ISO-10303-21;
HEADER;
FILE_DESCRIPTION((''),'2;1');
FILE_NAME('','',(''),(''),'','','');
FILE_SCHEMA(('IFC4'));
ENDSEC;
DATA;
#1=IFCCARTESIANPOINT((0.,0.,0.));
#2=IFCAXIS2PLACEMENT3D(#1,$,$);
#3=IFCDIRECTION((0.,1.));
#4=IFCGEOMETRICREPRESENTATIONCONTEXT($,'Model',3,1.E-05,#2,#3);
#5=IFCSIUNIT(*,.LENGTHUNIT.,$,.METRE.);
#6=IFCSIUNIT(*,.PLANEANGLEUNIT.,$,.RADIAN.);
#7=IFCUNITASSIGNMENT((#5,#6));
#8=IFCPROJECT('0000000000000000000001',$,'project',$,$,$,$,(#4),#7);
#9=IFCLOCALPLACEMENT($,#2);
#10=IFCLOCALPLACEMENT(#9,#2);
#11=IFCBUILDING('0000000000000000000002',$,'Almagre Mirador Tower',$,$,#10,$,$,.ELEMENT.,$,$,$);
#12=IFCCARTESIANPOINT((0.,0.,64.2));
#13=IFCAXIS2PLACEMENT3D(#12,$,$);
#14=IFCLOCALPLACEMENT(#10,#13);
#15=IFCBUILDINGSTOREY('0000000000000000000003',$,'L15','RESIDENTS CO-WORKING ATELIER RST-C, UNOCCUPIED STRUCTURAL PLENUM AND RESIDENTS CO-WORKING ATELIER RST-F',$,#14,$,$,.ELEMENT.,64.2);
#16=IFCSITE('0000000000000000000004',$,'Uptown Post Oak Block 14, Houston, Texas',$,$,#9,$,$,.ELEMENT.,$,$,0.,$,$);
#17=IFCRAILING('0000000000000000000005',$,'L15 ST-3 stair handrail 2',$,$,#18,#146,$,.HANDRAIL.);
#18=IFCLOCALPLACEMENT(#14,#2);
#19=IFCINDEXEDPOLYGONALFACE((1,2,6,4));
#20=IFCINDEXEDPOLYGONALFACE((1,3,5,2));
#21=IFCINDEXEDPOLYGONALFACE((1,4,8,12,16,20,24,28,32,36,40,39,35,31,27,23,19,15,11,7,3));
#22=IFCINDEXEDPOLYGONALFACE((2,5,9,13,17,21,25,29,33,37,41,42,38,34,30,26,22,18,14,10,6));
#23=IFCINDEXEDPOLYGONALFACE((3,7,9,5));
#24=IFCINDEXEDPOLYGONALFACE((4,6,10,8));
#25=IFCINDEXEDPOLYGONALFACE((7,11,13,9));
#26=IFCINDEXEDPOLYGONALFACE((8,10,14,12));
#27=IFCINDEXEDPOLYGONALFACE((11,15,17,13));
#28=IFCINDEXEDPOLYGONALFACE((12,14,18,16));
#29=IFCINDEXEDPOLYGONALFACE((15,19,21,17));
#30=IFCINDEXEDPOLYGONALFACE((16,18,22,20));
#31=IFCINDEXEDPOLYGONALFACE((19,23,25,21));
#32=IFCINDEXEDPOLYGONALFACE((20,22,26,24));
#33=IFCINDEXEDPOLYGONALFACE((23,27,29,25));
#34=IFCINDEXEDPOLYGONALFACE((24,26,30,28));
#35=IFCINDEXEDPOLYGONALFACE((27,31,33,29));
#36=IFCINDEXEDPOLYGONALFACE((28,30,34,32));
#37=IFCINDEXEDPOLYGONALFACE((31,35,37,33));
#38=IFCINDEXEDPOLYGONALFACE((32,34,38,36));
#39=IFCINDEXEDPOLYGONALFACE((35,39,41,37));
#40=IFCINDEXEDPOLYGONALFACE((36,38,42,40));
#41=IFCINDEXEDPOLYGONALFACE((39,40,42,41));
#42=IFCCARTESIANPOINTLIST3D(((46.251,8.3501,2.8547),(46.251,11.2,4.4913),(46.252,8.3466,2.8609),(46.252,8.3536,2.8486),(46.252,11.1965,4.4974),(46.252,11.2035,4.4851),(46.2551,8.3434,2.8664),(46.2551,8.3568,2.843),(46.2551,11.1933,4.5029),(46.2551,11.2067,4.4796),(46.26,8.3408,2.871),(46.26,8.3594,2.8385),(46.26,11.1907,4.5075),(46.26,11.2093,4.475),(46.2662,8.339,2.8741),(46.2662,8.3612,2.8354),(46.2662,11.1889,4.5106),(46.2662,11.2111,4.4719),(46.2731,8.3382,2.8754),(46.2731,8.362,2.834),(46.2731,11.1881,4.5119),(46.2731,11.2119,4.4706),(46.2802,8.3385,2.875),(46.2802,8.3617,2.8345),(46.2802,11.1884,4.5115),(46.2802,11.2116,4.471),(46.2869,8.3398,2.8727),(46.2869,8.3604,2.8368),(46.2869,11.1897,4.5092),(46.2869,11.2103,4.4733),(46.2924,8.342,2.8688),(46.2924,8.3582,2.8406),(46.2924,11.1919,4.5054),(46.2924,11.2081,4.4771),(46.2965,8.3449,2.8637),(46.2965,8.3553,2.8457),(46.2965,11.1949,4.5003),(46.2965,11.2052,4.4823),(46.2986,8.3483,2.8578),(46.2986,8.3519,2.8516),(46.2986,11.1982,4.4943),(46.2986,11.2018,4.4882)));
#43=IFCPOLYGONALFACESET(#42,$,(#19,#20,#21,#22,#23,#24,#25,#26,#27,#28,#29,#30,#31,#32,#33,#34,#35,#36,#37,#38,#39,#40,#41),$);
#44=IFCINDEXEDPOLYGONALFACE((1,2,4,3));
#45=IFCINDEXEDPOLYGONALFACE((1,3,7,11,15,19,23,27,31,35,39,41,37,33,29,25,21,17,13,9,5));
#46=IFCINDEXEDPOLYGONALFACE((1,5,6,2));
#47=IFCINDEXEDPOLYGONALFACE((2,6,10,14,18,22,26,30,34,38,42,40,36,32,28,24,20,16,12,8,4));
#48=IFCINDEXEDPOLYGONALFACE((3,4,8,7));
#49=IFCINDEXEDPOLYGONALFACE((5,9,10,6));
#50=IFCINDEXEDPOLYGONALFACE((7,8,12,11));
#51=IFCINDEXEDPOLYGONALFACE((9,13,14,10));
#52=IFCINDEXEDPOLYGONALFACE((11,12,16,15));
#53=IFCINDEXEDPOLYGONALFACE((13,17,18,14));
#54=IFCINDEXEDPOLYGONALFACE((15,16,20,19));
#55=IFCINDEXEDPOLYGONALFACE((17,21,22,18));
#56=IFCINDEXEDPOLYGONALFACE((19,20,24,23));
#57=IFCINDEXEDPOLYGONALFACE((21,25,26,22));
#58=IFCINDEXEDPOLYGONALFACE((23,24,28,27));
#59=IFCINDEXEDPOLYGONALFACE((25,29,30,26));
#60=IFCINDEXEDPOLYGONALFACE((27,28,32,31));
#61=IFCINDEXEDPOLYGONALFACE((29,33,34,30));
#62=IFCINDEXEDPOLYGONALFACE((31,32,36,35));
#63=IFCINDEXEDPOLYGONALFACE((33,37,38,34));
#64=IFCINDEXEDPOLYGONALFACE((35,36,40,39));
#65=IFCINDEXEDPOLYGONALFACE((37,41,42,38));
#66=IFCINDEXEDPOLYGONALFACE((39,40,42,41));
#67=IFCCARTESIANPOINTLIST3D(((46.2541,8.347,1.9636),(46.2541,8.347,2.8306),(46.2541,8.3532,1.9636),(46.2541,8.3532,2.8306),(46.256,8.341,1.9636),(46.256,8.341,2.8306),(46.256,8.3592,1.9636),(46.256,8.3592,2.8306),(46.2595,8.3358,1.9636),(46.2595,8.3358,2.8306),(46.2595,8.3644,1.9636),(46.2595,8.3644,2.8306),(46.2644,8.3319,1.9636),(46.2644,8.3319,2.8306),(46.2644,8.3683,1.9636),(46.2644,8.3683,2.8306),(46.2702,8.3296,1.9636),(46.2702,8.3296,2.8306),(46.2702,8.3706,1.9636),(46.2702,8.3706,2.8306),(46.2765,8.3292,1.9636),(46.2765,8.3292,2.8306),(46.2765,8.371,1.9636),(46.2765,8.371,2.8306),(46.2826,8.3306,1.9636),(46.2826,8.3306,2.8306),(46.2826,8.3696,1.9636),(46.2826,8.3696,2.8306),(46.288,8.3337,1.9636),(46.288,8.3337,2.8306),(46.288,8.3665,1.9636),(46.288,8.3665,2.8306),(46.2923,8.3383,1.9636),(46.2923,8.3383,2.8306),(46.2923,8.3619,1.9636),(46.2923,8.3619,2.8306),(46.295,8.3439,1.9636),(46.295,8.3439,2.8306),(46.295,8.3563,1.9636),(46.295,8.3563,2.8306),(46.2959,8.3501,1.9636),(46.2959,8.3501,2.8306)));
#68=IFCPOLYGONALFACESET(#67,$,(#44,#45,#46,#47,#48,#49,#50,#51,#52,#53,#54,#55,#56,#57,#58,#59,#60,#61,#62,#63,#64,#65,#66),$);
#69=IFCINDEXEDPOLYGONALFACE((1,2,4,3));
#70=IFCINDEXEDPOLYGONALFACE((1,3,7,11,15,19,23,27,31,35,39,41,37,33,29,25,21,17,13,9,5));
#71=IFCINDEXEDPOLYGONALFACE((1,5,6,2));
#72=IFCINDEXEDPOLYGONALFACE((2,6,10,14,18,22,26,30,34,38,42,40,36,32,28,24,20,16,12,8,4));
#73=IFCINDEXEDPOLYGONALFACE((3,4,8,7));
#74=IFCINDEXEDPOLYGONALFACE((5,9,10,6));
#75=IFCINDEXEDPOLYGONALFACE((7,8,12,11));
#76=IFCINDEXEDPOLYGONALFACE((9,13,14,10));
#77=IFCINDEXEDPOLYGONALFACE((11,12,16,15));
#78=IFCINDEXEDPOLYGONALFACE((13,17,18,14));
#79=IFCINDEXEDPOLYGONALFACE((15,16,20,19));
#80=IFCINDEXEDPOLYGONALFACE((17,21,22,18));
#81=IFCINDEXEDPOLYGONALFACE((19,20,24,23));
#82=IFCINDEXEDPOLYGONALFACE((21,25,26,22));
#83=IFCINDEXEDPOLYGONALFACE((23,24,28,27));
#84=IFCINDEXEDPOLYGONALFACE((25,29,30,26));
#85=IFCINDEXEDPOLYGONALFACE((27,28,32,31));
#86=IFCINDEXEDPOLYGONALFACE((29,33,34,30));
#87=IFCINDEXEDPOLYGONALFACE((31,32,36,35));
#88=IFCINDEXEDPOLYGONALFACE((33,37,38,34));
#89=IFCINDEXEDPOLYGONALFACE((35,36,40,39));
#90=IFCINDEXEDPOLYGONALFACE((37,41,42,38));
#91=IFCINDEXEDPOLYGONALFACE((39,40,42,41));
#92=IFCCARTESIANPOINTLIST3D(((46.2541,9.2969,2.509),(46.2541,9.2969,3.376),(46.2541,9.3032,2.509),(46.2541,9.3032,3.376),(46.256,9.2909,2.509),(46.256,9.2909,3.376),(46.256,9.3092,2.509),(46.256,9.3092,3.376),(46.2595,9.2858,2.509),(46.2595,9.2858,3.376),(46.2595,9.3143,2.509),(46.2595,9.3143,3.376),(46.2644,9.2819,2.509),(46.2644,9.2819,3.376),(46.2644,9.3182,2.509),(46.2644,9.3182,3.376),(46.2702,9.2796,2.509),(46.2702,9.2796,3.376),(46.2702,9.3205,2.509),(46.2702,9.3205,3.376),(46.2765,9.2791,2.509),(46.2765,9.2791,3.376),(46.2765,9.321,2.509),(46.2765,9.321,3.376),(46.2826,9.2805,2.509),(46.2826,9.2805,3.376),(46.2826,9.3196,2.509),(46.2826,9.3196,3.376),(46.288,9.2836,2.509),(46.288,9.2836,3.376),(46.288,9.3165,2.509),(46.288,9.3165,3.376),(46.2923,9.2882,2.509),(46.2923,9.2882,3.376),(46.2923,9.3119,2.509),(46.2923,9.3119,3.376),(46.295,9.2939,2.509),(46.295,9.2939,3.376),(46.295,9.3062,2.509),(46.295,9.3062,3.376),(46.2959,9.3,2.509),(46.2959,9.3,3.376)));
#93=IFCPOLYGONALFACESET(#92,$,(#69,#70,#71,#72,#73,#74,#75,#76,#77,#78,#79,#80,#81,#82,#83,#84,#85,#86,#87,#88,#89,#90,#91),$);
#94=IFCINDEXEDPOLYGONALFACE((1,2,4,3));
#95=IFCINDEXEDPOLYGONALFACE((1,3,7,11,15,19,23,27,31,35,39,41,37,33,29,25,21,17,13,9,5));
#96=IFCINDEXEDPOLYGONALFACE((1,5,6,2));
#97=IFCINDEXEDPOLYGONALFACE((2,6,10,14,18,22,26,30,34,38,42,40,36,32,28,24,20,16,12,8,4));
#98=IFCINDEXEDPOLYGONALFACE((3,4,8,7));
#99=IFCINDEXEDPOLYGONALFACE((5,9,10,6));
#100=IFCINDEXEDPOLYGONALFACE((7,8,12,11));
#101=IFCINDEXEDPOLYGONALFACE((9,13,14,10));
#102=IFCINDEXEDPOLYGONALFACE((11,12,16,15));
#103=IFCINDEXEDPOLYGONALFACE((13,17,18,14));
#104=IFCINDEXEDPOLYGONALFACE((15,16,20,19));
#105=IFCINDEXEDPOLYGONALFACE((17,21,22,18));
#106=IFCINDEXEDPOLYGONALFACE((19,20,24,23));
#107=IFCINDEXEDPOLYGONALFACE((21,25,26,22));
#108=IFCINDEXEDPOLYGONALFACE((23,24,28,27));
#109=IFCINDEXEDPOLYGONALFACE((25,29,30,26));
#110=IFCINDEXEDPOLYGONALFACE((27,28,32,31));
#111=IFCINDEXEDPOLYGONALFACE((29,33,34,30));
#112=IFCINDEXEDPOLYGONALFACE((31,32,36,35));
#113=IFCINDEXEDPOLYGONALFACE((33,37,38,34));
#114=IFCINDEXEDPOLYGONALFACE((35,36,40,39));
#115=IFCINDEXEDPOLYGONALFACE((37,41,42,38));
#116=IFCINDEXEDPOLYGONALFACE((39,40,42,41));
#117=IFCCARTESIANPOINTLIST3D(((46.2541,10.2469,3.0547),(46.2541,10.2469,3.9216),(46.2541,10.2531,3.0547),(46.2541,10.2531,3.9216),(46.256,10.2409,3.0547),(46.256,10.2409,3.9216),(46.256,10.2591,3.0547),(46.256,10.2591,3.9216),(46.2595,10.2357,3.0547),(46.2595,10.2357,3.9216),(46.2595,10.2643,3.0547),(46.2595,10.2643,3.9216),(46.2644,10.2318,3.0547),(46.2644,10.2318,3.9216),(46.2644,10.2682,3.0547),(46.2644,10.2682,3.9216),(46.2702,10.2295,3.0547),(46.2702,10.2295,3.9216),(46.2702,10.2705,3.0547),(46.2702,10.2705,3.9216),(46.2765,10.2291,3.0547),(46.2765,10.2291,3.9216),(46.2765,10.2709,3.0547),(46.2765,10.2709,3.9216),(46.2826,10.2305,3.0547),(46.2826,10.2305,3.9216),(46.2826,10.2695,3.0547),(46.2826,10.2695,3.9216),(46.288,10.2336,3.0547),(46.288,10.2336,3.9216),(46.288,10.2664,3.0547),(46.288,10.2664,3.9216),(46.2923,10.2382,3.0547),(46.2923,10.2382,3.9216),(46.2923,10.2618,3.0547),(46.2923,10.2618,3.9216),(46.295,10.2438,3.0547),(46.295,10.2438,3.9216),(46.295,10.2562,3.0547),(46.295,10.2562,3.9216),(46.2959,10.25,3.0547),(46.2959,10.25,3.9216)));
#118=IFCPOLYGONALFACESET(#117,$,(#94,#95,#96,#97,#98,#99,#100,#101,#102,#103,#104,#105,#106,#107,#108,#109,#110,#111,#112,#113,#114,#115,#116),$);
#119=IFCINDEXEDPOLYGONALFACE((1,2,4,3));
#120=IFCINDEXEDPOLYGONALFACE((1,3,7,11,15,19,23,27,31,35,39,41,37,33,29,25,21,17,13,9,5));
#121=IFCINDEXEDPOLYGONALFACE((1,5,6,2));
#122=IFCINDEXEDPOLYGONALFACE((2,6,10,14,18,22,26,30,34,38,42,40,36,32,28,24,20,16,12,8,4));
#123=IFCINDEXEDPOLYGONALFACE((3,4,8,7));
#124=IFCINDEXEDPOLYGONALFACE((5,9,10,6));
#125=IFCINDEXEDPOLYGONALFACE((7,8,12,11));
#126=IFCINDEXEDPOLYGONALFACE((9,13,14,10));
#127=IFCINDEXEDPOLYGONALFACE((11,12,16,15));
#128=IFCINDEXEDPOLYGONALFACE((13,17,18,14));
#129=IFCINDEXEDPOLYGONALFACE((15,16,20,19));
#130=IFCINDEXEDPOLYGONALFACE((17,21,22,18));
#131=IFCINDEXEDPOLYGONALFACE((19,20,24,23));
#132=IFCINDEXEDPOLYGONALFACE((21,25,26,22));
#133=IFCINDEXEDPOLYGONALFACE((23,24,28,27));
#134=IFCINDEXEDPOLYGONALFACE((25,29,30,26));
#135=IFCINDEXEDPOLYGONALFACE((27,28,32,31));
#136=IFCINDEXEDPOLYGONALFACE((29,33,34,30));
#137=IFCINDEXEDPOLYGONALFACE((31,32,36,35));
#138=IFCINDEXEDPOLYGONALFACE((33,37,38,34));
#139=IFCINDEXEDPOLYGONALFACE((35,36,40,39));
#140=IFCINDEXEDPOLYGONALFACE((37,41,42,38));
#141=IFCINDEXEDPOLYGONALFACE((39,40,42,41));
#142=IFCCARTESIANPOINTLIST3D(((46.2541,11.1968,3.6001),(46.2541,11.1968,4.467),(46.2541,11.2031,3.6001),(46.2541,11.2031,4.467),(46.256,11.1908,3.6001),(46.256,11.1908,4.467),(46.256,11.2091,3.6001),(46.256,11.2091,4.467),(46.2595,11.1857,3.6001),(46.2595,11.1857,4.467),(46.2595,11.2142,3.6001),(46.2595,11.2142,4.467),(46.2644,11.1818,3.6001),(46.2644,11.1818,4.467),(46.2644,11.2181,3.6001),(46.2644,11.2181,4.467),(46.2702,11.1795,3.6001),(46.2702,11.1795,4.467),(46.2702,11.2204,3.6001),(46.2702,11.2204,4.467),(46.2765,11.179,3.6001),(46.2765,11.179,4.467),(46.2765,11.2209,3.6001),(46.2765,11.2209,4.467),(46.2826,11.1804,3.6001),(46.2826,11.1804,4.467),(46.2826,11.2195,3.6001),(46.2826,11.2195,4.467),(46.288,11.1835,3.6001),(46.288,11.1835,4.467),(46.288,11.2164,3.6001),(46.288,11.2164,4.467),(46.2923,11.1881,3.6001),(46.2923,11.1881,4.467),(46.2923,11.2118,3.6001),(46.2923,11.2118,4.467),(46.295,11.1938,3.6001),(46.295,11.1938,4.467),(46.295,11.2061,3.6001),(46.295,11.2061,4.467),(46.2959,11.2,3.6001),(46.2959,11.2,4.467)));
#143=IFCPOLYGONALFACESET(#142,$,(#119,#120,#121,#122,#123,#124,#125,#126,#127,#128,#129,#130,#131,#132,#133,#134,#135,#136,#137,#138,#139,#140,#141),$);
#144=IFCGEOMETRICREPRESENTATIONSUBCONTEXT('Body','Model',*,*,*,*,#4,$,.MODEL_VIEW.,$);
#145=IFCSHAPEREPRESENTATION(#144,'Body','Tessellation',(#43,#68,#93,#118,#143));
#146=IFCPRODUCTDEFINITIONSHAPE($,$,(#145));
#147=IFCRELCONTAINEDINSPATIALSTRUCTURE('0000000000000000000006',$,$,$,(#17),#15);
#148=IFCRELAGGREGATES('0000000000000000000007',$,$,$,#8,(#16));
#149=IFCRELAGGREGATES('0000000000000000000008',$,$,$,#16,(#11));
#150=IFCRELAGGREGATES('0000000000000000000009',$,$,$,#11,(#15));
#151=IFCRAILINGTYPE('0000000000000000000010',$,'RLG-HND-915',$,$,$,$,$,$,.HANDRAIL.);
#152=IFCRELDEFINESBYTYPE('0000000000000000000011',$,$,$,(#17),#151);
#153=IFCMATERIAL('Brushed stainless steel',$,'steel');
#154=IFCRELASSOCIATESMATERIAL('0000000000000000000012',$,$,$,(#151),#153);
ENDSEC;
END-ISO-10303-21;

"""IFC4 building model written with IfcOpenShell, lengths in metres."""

from ifc_helpers import new_model, si_unit, direction, frame, origin, origin_2d, place, context, subcontext, project, spatial, circle, extrude, material, type_object, element, save


model = new_model("IFC4")

# Units and contexts
model_context = context("Model", 3, precision=1e-05, world=origin(), true_north=direction((0.0, 1.0)))
body_context = subcontext(model_context, "Body", "Model", "MODEL_VIEW")
ifc_project = project(units=[si_unit("LENGTHUNIT", "METRE"), si_unit("PLANEANGLEUNIT", "RADIAN")], contexts=[model_context])

# Site, building, storey
site_placement = place(None, origin())
site = spatial("IfcSite", under=ifc_project, at=site_placement, Name="Uptown Post Oak Block 14, Houston, Texas", CompositionType="ELEMENT", RefElevation=0.0)
building_placement = place(site_placement, origin())
building = spatial("IfcBuilding", under=site, at=building_placement, Name="Almagre Mirador Tower", CompositionType="ELEMENT")
storey_placement = place(building_placement, frame((0.0, 0.0, 64.2)))
storey = spatial("IfcBuildingStorey", under=building, at=storey_placement, Name="L15", Description="RESIDENTS CO-WORKING ATELIER RST-C, UNOCCUPIED STRUCTURAL PLENUM AND RESIDENTS CO-WORKING ATELIER RST-F", CompositionType="ELEMENT", Elevation=64.2)

# Railing
ifc_material_1 = material(Name="Brushed stainless steel", Category="steel")
railing_type = type_object("IfcRailingType", Name="RLG-HND-915", PredefinedType="HANDRAIL", material=ifc_material_1)
railing_placement = place(storey_placement, frame((46.2749, 8.3501, 1.9636)))
element("IfcRailing", 1, at=railing_placement, inside=storey, type_object=railing_type, Name="L15 ST-3 stair handrail 2", PredefinedType="HANDRAIL", context=body_context, shape_type="SweptSolid", body=[
    extrude(circle(Radius=0.0239, at=origin_2d()), frame((0.0, 0.0, 0.8911), z_axis=(0.0, 0.867194, 0.49797), x_axis=(-1.0, 0.0, 0.0)), (0.0, 0.0, 1.0), 3.2864),
    extrude(circle(Radius=0.021, at=origin_2d()), origin(), (0.0, 0.0, 1.0), 0.8669),
    extrude(circle(Radius=0.021, at=origin_2d()), frame((0.0, 0.95, 0.5454)), (0.0, 0.0, 1.0), 0.8669),
    extrude(circle(Radius=0.021, at=origin_2d()), frame((0.0, 1.8999, 1.0911)), (0.0, 0.0, 1.0), 0.8669),
    extrude(circle(Radius=0.021, at=origin_2d()), frame((0.0, 2.8499, 1.6365)), (0.0, 0.0, 1.0), 0.8669),
])

save(model, "model.ifc")
